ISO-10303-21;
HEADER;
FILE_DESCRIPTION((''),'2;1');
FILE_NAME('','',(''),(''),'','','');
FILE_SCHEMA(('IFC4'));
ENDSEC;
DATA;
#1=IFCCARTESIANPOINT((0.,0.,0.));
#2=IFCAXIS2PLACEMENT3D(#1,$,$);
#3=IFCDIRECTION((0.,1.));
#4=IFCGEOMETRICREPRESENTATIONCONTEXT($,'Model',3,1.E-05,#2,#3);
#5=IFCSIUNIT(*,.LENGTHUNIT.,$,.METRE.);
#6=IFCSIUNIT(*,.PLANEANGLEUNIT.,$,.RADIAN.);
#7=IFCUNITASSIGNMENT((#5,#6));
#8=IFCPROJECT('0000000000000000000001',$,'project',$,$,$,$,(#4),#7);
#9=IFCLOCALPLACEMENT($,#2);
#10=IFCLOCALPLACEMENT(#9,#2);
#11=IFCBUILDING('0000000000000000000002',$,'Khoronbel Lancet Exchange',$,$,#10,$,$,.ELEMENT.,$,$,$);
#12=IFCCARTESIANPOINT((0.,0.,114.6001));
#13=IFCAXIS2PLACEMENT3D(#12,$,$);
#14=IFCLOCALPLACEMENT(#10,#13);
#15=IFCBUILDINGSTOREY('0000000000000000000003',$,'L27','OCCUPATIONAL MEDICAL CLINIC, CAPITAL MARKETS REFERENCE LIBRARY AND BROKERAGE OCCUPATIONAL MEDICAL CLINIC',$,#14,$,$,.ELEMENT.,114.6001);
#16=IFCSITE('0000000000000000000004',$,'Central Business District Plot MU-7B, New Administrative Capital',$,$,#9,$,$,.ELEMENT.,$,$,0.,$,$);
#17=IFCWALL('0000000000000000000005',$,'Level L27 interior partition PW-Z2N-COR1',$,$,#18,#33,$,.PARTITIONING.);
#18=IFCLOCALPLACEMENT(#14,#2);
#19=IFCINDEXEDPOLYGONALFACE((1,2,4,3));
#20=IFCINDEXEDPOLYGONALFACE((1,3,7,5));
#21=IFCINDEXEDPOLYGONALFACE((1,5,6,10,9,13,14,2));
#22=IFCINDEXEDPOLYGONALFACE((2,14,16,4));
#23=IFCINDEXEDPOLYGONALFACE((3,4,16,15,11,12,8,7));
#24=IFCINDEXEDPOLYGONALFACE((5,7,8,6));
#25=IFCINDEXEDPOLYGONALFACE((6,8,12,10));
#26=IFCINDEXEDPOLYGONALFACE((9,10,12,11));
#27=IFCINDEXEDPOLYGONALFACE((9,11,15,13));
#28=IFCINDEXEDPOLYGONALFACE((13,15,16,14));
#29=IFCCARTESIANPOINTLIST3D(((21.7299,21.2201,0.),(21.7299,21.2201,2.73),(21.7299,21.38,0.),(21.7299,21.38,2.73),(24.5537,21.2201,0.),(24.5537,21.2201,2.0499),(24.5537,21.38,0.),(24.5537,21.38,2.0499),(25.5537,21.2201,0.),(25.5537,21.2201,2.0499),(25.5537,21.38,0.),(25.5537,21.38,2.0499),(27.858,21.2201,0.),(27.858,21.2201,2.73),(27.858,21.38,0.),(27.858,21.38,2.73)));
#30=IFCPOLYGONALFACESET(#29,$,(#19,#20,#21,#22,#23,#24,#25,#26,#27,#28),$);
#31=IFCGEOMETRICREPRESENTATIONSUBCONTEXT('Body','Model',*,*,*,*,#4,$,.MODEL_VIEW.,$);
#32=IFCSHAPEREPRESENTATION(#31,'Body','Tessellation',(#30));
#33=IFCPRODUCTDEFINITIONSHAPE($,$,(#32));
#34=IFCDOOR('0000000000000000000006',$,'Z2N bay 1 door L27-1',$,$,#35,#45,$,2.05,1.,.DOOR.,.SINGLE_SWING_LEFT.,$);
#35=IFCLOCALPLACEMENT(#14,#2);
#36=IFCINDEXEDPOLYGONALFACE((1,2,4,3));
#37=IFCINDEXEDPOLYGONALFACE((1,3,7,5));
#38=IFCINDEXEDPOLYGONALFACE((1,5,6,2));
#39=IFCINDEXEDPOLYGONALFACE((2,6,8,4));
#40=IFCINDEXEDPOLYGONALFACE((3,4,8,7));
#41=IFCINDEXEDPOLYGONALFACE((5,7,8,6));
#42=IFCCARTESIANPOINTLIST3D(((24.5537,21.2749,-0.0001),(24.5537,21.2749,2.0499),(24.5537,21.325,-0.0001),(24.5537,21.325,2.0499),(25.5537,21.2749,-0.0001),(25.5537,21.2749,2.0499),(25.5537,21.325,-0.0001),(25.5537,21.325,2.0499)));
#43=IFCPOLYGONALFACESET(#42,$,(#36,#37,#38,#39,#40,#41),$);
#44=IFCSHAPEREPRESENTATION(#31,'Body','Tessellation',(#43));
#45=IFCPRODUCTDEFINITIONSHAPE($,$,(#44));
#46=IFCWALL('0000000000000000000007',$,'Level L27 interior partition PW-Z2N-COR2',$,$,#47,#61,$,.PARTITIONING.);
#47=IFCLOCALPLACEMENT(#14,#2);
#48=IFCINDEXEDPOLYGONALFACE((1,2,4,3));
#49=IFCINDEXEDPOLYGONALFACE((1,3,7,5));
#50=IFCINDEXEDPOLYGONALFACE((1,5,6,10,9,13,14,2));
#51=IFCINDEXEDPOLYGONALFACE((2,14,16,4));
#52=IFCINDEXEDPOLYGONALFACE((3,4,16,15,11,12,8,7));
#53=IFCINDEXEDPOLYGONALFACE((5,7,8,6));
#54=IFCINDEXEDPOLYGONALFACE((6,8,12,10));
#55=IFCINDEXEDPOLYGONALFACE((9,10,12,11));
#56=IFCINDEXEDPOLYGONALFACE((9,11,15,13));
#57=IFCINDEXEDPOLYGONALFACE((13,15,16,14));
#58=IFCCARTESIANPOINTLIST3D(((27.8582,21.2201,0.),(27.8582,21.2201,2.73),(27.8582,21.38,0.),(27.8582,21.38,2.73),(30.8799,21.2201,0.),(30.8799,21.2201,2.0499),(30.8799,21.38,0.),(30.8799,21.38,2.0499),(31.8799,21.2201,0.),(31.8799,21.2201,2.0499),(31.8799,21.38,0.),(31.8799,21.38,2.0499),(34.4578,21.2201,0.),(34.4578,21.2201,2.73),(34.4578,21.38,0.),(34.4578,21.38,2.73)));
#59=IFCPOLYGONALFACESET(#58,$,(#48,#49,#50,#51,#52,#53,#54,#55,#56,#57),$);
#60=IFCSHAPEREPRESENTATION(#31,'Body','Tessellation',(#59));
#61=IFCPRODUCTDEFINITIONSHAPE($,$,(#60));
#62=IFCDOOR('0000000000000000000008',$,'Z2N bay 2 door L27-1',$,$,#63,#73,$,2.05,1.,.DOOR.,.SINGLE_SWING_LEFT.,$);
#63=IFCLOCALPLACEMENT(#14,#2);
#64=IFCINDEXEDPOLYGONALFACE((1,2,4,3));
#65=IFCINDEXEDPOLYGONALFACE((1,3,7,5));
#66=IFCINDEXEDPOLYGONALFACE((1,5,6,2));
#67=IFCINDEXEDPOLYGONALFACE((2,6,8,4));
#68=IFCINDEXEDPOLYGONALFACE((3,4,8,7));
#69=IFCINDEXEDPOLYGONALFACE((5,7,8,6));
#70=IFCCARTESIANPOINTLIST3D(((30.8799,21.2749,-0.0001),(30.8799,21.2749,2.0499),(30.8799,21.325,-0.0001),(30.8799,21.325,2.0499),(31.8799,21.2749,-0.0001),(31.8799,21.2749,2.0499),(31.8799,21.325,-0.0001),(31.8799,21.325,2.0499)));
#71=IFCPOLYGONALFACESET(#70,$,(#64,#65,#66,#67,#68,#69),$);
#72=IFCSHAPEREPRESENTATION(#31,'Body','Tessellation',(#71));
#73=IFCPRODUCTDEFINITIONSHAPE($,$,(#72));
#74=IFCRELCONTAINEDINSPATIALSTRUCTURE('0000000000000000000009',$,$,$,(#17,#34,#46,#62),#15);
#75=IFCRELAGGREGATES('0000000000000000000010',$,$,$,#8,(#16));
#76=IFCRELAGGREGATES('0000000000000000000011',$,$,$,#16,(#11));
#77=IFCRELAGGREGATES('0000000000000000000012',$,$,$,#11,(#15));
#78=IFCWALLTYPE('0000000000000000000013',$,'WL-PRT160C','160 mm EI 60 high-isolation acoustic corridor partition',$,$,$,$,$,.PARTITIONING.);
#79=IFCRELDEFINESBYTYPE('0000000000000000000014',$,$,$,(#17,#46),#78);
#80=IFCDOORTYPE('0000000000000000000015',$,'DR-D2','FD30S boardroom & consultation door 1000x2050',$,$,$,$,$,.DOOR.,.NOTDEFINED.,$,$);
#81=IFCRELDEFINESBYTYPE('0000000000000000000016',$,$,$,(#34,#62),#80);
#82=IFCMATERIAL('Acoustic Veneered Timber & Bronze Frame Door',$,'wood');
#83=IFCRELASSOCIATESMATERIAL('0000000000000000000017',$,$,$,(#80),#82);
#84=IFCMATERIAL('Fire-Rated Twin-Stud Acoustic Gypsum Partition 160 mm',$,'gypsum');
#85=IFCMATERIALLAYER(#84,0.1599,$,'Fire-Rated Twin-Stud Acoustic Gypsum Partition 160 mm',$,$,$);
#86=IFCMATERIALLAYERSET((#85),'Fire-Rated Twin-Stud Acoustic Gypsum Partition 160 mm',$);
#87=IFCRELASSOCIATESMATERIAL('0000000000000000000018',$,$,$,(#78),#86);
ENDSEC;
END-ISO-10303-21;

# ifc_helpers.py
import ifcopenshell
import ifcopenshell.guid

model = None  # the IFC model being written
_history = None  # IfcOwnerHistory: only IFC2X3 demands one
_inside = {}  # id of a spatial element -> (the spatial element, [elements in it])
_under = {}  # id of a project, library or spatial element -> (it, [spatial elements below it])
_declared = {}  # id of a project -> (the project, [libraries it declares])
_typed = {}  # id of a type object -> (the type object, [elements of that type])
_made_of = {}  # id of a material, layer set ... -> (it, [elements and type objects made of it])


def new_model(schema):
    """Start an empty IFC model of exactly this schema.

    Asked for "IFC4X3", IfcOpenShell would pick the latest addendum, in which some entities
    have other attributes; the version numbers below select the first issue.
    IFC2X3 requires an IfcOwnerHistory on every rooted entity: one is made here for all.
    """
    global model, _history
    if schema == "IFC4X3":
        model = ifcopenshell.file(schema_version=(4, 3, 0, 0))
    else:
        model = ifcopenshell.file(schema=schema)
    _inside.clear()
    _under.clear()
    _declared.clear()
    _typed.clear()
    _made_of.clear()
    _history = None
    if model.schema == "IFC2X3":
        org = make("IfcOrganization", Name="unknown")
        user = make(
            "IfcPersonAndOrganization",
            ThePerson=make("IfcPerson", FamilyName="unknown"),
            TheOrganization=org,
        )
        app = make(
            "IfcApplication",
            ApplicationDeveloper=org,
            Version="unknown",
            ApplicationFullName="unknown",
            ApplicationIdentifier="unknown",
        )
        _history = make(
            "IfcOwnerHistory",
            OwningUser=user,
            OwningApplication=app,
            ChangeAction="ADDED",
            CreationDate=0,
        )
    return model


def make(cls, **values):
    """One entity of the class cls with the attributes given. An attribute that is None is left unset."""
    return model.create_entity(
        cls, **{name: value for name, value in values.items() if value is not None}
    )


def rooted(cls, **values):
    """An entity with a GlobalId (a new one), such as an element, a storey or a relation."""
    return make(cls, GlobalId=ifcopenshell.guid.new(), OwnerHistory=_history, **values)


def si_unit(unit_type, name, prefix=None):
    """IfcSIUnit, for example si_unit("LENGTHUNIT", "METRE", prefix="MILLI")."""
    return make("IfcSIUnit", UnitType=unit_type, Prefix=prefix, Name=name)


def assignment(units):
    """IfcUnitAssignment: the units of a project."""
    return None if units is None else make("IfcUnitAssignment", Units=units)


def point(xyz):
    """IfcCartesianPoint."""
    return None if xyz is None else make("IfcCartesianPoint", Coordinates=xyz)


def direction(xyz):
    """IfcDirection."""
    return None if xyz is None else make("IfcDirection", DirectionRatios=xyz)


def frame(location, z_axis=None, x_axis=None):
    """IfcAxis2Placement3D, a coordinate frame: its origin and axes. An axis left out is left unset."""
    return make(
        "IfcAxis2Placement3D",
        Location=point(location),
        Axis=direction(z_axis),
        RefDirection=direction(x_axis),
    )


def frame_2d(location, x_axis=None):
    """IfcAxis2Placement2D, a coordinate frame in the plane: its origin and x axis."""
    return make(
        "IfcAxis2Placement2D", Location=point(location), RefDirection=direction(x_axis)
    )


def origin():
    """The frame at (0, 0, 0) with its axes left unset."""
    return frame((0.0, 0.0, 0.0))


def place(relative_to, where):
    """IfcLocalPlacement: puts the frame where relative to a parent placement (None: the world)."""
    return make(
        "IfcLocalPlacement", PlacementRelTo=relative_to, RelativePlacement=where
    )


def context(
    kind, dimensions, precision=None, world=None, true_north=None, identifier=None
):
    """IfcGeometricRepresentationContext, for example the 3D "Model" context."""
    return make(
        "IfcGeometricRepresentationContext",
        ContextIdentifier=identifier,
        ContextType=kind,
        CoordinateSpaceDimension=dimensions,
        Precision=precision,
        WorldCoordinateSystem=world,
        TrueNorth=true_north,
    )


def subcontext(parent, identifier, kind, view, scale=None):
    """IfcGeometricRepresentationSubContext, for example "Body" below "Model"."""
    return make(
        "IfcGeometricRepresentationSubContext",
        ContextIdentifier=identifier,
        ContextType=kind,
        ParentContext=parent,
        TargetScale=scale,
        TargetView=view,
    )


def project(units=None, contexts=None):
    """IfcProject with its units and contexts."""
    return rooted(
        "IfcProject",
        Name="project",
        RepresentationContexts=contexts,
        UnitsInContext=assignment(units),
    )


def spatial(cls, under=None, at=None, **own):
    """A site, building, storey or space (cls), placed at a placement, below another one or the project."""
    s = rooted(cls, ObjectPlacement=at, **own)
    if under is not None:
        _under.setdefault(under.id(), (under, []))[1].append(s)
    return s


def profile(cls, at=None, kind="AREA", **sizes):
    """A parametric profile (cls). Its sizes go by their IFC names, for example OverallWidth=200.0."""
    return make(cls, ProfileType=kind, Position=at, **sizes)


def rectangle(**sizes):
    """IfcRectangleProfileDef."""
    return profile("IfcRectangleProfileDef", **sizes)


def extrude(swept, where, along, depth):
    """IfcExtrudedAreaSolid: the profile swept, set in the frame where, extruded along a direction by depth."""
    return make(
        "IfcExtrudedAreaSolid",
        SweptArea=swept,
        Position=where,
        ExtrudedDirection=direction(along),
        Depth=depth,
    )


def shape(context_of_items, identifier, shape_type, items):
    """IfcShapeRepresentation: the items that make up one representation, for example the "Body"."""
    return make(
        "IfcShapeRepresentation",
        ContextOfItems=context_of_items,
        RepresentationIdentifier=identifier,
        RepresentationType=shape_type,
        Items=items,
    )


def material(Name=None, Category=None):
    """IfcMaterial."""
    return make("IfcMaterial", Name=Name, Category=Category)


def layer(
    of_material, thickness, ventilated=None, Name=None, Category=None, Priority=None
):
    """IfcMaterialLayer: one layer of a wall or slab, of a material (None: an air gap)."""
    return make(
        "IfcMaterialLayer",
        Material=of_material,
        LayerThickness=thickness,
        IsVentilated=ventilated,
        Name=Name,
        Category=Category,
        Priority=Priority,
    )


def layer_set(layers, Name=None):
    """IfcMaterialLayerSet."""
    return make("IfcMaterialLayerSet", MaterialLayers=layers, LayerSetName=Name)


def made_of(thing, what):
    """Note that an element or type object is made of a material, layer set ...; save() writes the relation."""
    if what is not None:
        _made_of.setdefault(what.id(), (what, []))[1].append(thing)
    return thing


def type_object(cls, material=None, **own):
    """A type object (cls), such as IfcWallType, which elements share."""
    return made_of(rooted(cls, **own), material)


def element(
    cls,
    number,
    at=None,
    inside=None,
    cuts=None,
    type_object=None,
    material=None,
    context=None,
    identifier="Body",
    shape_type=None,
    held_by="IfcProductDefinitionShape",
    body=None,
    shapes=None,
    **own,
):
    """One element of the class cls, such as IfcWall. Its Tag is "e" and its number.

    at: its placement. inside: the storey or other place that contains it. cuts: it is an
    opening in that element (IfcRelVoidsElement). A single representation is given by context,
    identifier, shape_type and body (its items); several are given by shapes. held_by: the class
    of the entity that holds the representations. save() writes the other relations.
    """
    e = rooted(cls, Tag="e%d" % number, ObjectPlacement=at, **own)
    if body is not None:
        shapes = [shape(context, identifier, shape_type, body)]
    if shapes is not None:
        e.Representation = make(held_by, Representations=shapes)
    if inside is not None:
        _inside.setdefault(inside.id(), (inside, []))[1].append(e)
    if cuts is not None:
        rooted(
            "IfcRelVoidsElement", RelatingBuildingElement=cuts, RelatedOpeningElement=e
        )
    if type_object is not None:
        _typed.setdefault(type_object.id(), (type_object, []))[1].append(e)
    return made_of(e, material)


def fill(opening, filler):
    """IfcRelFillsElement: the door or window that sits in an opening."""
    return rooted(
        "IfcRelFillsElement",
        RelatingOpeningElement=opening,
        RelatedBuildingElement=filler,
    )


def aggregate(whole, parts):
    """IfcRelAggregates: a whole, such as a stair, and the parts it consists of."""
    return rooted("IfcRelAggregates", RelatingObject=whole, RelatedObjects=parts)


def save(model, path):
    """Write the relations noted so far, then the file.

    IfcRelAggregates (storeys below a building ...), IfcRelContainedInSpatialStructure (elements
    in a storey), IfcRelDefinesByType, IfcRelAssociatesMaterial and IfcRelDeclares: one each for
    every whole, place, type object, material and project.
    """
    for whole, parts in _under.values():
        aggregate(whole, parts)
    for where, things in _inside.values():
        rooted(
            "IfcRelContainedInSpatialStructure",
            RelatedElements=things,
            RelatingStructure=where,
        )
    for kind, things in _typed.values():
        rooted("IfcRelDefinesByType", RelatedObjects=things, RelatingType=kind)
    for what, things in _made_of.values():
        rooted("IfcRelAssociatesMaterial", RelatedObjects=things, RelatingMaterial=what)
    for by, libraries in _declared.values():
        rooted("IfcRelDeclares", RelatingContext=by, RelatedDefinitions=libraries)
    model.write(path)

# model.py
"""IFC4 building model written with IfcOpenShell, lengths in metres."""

from ifc_helpers import new_model, si_unit, direction, frame, frame_2d, origin, place, context, subcontext, project, spatial, rectangle, extrude, material, layer, layer_set, type_object, element, fill, save


model = new_model("IFC4")

# Units and contexts
model_context = context("Model", 3, precision=1e-05, world=origin(), true_north=direction((0.0, 1.0)))
body_context = subcontext(model_context, "Body", "Model", "MODEL_VIEW")
ifc_project = project(units=[si_unit("LENGTHUNIT", "METRE"), si_unit("PLANEANGLEUNIT", "RADIAN")], contexts=[model_context])

# Site, building, storey
site_placement = place(None, origin())
site = spatial("IfcSite", under=ifc_project, at=site_placement, Name="Central Business District Plot MU-7B, New Administrative Capital", CompositionType="ELEMENT", RefElevation=0.0)
building_placement = place(site_placement, origin())
building = spatial("IfcBuilding", under=site, at=building_placement, Name="Khoronbel Lancet Exchange", CompositionType="ELEMENT")
storey_placement = place(building_placement, frame((0.0, 0.0, 114.6001)))
storey = spatial("IfcBuildingStorey", under=building, at=storey_placement, Name="L27", Description="OCCUPATIONAL MEDICAL CLINIC, CAPITAL MARKETS REFERENCE LIBRARY AND BROKERAGE OCCUPATIONAL MEDICAL CLINIC", CompositionType="ELEMENT", Elevation=114.6001)

# Shared definitions
ifc_material_1 = material(Name="Acoustic Veneered Timber & Bronze Frame Door", Category="wood")
door_type_1 = type_object("IfcDoorType", Name="DR-D2", Description="FD30S boardroom & consultation door 1000x2050", OperationType="NOTDEFINED", PredefinedType="DOOR", material=ifc_material_1)

# Walls, openings, doors
ifc_material_2 = material(Name="Fire-Rated Twin-Stud Acoustic Gypsum Partition 160 mm", Category="gypsum")
ifc_layer_1 = layer(ifc_material_2, 0.1599, Name="Fire-Rated Twin-Stud Acoustic Gypsum Partition 160 mm")
ifc_layer_set_1 = layer_set([ifc_layer_1], Name="Fire-Rated Twin-Stud Acoustic Gypsum Partition 160 mm")
wall_type_1 = type_object("IfcWallType", Name="WL-PRT160C", Description="160 mm EI 60 high-isolation acoustic corridor partition", PredefinedType="PARTITIONING", material=ifc_layer_set_1)
wall_1_placement = place(storey_placement, frame((21.73, 21.3, 0.0), z_axis=(0.0, 0.0, 1.0), x_axis=(1.0, 0.0, 0.0)))
wall_1 = element("IfcWall", 1, at=wall_1_placement, inside=storey, type_object=wall_type_1, Name="Level L27 interior partition PW-Z2N-COR1", PredefinedType="PARTITIONING", context=body_context, shape_type="SweptSolid", body=[
    extrude(rectangle(XDim=6.1282, YDim=0.1599, at=frame_2d((3.064, 0.0))), origin(), (0.0, 0.0, 1.0), 2.73),
])
opening_1_placement = place(wall_1_placement, frame((2.8237, 0.0, 0.0)))
opening_1 = element("IfcOpeningElement", 2, at=opening_1_placement, cuts=wall_1, PredefinedType="OPENING", context=body_context, shape_type="SweptSolid", body=[
    extrude(rectangle(XDim=1.0, YDim=2.05, at=frame_2d((0.5, 1.0249))), frame((0.0, 0.0898, 0.0), z_axis=(0.0, -1.0, 0.0), x_axis=(1.0, 0.0, 0.0)), (0.0, 0.0, 1.0), 0.1799),
])
door_1_placement = place(opening_1_placement, origin())
door_1 = element("IfcDoor", 3, at=door_1_placement, inside=storey, type_object=door_type_1, Name="Z2N bay 1 door L27-1", OperationType="SINGLE_SWING_LEFT", OverallHeight=2.05, OverallWidth=1.0, PredefinedType="DOOR", context=body_context, shape_type="SweptSolid", body=[
    extrude(rectangle(XDim=1.0, YDim=2.05, at=frame_2d((0.5, 1.0249))), frame((0.0, 0.0249, 0.0), z_axis=(0.0, -1.0, 0.0), x_axis=(1.0, 0.0, 0.0)), (0.0, 0.0, 1.0), 0.05),
])
fill(opening_1, door_1)
wall_2_placement = place(storey_placement, frame((27.8582, 21.3, 0.0), z_axis=(0.0, 0.0, 1.0), x_axis=(1.0, 0.0, 0.0)))
wall_2 = element("IfcWall", 4, at=wall_2_placement, inside=storey, type_object=wall_type_1, Name="Level L27 interior partition PW-Z2N-COR2", PredefinedType="PARTITIONING", context=body_context, shape_type="SweptSolid", body=[
    extrude(rectangle(XDim=6.5996, YDim=0.1599, at=frame_2d((3.2998, 0.0))), origin(), (0.0, 0.0, 1.0), 2.73),
])
opening_2_placement = place(wall_2_placement, frame((3.0217, 0.0, 0.0)))
opening_2 = element("IfcOpeningElement", 5, at=opening_2_placement, cuts=wall_2, PredefinedType="OPENING", context=body_context, shape_type="SweptSolid", body=[
    extrude(rectangle(XDim=1.0, YDim=2.05, at=frame_2d((0.5, 1.0249))), frame((0.0, 0.0898, 0.0), z_axis=(0.0, -1.0, 0.0), x_axis=(1.0, 0.0, 0.0)), (0.0, 0.0, 1.0), 0.1799),
])
door_2_placement = place(opening_2_placement, origin())
door_2 = element("IfcDoor", 6, at=door_2_placement, inside=storey, type_object=door_type_1, Name="Z2N bay 2 door L27-1", OperationType="SINGLE_SWING_LEFT", OverallHeight=2.05, OverallWidth=1.0, PredefinedType="DOOR", context=body_context, shape_type="SweptSolid", body=[
    extrude(rectangle(XDim=1.0, YDim=2.05, at=frame_2d((0.5, 1.0249))), frame((0.0, 0.0249, 0.0), z_axis=(0.0, -1.0, 0.0), x_axis=(1.0, 0.0, 0.0)), (0.0, 0.0, 1.0), 0.05),
])
fill(opening_2, door_2)

save(model, "model.ifc")
